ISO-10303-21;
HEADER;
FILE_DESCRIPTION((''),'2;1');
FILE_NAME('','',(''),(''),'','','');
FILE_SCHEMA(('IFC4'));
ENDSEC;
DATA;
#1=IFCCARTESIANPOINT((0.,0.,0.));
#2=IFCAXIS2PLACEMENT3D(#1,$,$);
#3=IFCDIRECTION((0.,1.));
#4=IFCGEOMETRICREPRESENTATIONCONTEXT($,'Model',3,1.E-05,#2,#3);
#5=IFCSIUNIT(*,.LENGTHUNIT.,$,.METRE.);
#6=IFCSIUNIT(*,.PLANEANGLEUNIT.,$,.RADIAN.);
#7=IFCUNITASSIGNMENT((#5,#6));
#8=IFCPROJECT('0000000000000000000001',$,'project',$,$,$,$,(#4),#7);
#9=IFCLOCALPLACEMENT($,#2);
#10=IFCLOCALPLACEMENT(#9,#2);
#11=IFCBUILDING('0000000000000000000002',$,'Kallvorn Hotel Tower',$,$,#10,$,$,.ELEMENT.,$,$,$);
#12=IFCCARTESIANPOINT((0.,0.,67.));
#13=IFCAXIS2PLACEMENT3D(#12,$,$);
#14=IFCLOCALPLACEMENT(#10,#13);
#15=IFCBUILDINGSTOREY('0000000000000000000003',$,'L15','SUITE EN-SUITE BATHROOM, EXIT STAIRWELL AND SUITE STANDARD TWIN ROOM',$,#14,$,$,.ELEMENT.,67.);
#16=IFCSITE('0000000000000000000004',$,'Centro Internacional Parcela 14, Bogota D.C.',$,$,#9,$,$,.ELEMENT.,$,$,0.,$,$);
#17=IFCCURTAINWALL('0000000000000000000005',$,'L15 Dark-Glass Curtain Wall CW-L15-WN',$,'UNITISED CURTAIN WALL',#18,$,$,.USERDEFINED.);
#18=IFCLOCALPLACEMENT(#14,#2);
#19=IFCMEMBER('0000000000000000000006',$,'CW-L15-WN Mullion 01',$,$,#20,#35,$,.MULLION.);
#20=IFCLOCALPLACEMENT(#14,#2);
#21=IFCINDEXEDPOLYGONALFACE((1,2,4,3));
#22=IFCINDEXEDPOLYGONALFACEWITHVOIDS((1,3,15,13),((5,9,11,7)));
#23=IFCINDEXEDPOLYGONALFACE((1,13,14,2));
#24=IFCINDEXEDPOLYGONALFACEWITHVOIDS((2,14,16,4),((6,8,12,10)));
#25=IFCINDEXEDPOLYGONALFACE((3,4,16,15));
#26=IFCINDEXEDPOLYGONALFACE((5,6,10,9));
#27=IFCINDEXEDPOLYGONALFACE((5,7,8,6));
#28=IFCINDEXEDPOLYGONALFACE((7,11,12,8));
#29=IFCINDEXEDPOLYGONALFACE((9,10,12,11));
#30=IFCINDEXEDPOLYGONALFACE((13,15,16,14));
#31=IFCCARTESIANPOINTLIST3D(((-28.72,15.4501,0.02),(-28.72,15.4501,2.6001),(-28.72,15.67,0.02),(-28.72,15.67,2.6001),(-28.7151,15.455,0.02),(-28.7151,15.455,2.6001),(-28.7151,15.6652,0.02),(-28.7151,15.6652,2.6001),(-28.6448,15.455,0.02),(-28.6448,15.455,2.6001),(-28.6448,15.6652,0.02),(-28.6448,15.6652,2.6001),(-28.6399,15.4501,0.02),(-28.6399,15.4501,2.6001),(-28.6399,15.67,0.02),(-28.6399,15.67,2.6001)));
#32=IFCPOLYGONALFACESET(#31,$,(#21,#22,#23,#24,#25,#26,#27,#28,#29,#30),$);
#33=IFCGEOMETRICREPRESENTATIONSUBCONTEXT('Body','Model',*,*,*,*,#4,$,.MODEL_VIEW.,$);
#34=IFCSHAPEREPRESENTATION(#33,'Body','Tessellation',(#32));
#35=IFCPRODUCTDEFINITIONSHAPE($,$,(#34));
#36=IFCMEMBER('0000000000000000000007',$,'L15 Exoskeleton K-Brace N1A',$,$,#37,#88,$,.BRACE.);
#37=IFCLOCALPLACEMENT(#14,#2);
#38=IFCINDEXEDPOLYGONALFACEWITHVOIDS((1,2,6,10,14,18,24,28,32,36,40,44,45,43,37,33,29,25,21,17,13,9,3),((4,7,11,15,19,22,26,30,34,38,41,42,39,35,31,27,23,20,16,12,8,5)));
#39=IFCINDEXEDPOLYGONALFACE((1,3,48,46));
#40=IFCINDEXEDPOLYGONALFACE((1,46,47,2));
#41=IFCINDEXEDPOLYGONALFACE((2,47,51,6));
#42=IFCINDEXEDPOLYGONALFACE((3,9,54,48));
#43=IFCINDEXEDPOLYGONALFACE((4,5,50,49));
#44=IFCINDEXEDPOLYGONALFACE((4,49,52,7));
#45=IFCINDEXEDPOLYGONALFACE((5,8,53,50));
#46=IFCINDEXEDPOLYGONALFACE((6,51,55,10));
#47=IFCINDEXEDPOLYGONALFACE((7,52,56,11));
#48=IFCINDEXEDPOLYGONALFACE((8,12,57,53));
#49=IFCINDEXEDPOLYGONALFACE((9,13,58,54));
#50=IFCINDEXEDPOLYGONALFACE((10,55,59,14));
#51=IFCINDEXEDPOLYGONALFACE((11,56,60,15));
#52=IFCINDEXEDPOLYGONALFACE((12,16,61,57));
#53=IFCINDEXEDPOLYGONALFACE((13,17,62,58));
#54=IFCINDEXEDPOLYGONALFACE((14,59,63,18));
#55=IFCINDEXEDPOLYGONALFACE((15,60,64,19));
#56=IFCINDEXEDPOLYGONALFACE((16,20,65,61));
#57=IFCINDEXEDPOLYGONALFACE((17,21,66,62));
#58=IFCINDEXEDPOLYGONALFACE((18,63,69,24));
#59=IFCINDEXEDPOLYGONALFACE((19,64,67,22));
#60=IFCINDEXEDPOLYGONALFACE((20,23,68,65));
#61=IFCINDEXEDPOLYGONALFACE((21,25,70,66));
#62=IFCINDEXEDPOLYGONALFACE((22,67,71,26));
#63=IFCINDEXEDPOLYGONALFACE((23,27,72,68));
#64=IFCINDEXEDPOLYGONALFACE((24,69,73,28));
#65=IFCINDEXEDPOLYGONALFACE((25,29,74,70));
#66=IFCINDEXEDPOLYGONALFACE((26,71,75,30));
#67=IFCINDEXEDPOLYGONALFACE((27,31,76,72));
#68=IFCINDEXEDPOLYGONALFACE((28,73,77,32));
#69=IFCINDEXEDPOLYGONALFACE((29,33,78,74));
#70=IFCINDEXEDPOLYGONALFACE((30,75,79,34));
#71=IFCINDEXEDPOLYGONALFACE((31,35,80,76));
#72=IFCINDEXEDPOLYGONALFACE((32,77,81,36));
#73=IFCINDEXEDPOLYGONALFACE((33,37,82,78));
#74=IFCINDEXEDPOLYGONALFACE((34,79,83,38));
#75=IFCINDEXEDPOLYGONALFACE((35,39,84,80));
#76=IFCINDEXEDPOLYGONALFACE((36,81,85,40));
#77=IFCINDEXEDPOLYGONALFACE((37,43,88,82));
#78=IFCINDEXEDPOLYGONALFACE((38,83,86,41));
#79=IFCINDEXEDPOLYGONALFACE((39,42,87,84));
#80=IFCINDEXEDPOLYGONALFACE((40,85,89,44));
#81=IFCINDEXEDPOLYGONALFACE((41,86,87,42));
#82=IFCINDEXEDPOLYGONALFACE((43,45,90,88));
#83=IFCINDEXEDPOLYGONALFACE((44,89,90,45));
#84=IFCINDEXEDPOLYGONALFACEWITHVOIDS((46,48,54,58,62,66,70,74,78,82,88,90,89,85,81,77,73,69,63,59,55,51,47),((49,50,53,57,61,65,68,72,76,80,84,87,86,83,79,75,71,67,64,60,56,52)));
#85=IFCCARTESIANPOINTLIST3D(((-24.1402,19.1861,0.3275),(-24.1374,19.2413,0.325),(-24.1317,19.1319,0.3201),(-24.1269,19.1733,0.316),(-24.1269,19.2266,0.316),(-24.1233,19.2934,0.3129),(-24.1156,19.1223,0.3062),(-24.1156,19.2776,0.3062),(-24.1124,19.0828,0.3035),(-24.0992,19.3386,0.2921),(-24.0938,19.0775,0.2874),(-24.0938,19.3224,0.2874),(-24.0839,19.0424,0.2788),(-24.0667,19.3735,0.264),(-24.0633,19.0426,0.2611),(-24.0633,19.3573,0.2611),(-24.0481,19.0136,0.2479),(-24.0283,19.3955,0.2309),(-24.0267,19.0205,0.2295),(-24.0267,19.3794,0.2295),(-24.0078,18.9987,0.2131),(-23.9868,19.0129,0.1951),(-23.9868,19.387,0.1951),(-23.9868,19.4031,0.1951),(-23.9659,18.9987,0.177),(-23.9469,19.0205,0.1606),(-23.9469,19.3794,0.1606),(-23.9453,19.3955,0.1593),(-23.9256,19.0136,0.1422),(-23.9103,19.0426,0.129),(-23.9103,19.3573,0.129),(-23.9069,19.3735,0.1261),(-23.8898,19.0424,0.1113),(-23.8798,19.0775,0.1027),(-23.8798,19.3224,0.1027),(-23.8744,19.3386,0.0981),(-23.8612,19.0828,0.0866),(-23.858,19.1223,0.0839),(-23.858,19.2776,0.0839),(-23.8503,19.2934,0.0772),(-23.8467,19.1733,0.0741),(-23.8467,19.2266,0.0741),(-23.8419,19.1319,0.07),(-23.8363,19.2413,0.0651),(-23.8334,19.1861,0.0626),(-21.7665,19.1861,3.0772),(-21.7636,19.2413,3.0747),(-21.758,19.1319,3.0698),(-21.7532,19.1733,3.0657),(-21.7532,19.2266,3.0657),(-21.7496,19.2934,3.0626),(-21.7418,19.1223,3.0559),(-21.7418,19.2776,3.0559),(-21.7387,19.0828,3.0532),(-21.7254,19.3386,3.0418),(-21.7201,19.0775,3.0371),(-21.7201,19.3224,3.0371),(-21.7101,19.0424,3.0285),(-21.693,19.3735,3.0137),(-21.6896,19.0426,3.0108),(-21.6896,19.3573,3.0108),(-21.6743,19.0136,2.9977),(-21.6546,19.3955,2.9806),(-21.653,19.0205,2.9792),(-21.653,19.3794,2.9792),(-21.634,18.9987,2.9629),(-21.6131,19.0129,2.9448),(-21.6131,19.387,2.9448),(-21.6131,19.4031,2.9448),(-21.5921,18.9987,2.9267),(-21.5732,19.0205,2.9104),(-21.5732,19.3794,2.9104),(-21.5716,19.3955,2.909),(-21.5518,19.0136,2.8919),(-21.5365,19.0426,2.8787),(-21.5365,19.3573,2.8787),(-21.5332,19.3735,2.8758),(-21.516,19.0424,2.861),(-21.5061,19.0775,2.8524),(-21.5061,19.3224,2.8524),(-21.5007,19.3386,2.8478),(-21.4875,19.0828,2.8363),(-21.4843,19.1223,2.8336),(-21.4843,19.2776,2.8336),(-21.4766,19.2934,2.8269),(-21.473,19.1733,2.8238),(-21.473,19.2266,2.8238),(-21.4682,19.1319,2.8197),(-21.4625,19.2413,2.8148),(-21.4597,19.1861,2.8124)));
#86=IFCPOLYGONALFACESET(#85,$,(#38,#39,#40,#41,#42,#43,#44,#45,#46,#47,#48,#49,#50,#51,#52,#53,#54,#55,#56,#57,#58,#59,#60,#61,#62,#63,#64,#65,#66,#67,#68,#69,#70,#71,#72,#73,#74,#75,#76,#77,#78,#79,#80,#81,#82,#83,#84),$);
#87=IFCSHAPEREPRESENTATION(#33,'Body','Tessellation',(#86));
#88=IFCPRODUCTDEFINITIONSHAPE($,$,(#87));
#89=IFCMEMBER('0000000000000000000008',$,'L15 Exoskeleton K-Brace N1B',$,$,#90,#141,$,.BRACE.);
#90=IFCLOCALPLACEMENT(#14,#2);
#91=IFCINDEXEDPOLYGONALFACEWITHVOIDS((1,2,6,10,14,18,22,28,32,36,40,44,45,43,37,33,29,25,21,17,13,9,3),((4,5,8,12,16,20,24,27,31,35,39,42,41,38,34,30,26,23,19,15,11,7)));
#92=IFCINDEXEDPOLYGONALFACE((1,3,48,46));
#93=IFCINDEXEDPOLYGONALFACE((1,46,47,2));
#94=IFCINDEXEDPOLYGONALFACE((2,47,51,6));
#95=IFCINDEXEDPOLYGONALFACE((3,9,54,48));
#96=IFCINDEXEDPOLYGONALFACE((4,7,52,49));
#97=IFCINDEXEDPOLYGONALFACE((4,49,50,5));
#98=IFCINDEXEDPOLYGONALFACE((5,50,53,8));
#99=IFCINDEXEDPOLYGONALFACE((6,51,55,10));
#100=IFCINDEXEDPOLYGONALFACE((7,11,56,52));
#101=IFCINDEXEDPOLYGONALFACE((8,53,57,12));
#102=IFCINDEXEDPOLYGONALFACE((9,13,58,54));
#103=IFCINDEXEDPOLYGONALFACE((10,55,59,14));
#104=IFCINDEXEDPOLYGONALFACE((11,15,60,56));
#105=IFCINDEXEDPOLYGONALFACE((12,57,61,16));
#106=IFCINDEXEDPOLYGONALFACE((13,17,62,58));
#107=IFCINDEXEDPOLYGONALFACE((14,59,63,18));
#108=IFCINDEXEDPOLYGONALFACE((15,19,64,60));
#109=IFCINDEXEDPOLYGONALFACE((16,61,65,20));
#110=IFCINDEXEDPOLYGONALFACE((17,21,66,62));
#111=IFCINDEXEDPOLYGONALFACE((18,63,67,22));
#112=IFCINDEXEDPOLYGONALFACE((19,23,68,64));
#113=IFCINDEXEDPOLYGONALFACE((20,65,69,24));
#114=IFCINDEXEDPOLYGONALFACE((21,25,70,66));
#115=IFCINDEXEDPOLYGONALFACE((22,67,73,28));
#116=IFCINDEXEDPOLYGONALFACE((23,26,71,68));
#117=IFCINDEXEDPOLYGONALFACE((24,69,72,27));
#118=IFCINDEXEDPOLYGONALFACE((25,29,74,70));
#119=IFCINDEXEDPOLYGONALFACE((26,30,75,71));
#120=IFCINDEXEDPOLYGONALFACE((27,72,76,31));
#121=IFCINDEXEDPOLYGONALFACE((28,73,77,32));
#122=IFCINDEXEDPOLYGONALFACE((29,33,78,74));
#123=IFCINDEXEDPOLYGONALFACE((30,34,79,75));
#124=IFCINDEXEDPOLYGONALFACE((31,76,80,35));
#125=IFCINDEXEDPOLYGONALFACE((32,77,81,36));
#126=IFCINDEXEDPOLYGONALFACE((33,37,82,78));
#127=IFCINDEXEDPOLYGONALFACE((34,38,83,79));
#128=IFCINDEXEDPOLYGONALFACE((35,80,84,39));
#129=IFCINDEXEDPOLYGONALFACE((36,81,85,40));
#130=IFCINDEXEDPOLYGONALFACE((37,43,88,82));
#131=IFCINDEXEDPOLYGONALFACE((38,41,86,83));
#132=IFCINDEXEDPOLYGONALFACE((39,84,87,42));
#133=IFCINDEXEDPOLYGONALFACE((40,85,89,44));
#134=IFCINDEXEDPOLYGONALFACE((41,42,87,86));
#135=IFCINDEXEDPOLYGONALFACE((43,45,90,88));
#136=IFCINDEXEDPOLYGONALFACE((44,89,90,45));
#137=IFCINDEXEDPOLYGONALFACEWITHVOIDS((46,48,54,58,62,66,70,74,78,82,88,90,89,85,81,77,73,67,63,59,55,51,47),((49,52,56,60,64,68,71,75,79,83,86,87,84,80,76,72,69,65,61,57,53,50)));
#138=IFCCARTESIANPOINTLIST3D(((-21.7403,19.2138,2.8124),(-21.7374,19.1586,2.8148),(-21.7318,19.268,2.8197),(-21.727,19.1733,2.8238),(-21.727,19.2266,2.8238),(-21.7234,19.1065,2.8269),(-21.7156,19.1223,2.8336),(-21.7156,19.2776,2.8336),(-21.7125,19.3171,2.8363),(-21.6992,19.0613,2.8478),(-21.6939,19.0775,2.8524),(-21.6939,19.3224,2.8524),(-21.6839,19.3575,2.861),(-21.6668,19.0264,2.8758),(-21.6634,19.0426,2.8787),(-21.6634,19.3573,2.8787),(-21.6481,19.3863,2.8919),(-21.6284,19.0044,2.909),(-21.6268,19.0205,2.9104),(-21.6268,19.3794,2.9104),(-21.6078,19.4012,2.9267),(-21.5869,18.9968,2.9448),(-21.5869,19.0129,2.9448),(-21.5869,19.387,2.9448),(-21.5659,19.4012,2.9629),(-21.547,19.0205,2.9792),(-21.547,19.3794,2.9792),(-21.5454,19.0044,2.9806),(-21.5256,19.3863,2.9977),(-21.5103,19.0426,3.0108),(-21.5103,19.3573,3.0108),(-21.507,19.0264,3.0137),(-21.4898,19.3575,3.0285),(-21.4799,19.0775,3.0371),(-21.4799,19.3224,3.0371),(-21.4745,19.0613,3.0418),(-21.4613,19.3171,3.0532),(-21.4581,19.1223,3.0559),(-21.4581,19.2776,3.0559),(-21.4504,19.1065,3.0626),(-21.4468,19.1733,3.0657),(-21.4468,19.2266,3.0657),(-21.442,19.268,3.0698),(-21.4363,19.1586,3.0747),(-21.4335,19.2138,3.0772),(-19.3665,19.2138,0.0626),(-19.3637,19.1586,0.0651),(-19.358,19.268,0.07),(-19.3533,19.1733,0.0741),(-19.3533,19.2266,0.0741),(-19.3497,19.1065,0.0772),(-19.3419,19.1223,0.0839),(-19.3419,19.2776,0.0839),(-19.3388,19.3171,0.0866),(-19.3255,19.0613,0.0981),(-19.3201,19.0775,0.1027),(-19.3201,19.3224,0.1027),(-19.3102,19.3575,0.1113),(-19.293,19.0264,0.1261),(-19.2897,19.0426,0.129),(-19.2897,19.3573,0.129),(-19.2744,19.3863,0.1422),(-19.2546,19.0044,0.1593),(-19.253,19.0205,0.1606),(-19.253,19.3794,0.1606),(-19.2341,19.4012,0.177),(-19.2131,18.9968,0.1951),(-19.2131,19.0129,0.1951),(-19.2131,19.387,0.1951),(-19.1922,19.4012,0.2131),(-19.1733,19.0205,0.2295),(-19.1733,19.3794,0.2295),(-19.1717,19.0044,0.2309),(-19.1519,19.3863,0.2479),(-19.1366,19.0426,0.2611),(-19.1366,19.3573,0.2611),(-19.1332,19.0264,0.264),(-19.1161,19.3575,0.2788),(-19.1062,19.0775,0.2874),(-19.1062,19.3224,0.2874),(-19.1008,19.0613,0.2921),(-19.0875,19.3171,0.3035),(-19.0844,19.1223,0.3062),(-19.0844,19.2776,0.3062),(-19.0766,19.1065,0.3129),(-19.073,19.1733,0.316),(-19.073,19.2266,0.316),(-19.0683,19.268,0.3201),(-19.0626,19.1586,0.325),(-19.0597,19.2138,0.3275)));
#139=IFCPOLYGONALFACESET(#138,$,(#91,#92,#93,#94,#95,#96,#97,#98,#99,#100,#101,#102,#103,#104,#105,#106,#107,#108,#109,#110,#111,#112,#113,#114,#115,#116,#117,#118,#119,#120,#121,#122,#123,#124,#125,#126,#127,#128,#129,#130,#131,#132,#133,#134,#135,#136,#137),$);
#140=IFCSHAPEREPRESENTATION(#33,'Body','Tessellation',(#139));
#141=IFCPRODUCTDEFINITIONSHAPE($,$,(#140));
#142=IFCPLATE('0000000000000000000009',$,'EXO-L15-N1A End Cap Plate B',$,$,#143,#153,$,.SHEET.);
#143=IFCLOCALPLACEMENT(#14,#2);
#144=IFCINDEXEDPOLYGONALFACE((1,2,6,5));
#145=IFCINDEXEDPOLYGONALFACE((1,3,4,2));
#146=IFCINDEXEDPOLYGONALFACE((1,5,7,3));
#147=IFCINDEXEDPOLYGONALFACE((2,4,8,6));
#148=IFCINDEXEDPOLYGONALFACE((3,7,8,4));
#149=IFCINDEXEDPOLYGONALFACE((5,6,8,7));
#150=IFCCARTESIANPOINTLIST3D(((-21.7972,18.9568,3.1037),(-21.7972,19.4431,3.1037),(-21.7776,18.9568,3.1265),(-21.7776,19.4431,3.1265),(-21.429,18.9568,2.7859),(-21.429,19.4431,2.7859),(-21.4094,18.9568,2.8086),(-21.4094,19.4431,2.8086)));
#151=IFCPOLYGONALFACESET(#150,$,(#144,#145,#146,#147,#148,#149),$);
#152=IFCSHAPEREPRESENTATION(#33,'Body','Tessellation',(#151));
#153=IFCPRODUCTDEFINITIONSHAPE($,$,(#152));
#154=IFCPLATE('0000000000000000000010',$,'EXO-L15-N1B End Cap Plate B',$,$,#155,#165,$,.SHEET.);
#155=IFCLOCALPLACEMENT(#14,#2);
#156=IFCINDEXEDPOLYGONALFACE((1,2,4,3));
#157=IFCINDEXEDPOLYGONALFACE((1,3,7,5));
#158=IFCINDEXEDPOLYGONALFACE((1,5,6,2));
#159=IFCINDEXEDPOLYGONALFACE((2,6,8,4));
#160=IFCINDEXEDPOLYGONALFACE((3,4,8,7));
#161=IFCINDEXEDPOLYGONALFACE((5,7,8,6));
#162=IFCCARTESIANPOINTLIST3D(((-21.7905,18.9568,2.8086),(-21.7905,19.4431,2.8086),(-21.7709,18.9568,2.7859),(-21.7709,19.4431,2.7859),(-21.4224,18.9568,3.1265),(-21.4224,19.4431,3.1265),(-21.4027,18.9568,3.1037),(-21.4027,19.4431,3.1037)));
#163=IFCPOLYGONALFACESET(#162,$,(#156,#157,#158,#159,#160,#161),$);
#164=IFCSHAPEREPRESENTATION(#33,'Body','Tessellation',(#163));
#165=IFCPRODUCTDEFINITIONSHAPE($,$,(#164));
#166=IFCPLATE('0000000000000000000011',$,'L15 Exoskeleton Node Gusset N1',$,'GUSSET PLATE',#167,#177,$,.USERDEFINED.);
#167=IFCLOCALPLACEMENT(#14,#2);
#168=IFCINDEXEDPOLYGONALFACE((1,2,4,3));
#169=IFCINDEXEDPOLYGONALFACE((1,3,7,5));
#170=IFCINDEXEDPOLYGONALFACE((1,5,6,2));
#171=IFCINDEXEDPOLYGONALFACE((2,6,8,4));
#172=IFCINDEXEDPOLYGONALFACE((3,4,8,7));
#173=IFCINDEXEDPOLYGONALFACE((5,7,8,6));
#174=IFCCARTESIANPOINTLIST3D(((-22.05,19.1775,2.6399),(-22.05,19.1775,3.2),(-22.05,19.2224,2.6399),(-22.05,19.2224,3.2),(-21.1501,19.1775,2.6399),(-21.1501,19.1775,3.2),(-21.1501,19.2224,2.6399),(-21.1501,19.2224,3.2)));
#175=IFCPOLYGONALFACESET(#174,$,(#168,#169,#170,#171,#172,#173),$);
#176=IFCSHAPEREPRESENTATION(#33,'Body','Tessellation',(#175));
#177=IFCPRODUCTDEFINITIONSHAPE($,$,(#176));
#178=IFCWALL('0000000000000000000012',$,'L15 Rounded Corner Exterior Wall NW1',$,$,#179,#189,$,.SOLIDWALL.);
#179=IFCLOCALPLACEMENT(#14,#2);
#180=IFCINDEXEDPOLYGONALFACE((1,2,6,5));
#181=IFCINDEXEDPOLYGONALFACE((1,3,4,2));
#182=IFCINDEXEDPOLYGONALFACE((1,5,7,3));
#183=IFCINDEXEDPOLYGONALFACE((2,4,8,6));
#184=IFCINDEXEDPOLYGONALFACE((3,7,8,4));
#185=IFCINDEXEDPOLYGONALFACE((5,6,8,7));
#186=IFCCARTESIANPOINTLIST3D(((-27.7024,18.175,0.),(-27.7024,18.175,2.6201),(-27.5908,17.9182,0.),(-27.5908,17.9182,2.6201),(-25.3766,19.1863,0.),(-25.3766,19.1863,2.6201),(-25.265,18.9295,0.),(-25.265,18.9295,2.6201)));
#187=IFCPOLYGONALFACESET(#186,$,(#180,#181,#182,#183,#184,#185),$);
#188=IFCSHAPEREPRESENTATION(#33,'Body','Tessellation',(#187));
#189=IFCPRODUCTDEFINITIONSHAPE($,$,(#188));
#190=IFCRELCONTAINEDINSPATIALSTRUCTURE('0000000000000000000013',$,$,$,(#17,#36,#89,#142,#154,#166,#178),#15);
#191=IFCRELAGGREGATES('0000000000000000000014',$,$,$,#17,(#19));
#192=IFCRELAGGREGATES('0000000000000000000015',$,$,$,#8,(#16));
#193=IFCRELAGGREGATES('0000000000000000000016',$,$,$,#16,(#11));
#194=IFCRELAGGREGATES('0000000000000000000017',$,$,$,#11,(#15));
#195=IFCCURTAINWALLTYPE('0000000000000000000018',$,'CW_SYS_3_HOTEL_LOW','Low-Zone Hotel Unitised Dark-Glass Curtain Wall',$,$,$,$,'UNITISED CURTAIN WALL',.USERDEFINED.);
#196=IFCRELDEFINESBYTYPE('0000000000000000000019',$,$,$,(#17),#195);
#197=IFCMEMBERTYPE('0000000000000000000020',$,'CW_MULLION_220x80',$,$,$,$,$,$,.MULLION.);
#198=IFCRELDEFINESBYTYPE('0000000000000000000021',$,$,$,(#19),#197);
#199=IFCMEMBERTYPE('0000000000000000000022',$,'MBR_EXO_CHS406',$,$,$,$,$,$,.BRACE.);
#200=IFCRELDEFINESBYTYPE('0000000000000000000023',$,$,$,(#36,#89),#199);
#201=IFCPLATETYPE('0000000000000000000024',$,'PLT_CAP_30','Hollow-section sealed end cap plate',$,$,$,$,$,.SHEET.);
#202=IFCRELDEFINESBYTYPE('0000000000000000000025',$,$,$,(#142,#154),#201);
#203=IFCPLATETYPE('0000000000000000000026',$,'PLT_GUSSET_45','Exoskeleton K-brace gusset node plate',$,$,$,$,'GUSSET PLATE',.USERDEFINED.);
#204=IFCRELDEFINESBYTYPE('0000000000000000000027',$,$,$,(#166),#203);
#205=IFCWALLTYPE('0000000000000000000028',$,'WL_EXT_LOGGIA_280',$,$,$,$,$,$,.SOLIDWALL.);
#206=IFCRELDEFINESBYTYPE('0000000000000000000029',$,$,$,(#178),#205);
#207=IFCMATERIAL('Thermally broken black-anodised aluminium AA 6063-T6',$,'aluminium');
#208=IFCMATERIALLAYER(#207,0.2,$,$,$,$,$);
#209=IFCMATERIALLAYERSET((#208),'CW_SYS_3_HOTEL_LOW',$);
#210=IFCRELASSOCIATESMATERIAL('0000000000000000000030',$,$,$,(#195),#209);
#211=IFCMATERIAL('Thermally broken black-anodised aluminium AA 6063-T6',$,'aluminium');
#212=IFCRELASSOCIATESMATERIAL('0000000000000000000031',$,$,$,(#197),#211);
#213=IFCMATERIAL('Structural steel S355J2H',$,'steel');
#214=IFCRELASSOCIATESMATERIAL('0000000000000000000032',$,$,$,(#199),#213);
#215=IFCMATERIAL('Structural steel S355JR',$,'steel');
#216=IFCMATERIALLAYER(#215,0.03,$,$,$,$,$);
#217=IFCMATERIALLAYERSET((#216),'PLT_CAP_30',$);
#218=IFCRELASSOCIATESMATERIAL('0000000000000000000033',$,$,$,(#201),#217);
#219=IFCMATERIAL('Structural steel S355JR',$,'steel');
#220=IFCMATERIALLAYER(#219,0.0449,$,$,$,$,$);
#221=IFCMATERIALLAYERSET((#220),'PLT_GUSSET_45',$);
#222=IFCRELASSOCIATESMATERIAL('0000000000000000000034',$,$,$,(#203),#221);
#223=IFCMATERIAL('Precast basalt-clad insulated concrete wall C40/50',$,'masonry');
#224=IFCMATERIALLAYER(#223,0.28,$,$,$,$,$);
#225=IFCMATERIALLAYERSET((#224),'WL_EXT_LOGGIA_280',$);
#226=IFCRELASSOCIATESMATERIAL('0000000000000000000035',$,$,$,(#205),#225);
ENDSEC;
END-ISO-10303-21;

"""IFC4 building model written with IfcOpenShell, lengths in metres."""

from ifc_helpers import new_model, si_unit, direction, frame, frame_2d, origin, origin_2d, place, context, subcontext, project, spatial, polyline, rectangle, hollow_rectangle, hollow_circle, outline, extrude, material, layer, layer_set, material_profile, profile_set, type_object, element, aggregate, save


model = new_model("IFC4")

# Units and contexts
model_context = context("Model", 3, precision=1e-05, world=origin(), true_north=direction((0.0, 1.0)))
body_context = subcontext(model_context, "Body", "Model", "MODEL_VIEW")
ifc_project = project(units=[si_unit("LENGTHUNIT", "METRE"), si_unit("PLANEANGLEUNIT", "RADIAN")], contexts=[model_context])

# Site, building, storey
site_placement = place(None, origin())
site = spatial("IfcSite", under=ifc_project, at=site_placement, Name="Centro Internacional Parcela 14, Bogota D.C.", CompositionType="ELEMENT", RefElevation=0.0)
building_placement = place(site_placement, origin())
building = spatial("IfcBuilding", under=site, at=building_placement, Name="Kallvorn Hotel Tower", CompositionType="ELEMENT")
storey_placement = place(building_placement, frame((0.0, 0.0, 67.0)))
storey = spatial("IfcBuildingStorey", under=building, at=storey_placement, Name="L15", Description="SUITE EN-SUITE BATHROOM, EXIT STAIRWELL AND SUITE STANDARD TWIN ROOM", CompositionType="ELEMENT", Elevation=67.0)

# Curtain wall, member
ifc_material_1 = material(Name="Thermally broken black-anodised aluminium AA 6063-T6", Category="aluminium")
ifc_layer_1 = layer(ifc_material_1, 0.2)
ifc_layer_set_1 = layer_set([ifc_layer_1], Name="CW_SYS_3_HOTEL_LOW")
curtain_wall_type = type_object("IfcCurtainWallType", Name="CW_SYS_3_HOTEL_LOW", Description="Low-Zone Hotel Unitised Dark-Glass Curtain Wall", ElementType="UNITISED CURTAIN WALL", PredefinedType="USERDEFINED", material=ifc_layer_set_1)
curtain_wall_placement = place(storey_placement, origin())
curtain_wall = element("IfcCurtainWall", 1, at=curtain_wall_placement, inside=storey, type_object=curtain_wall_type, Name="L15 Dark-Glass Curtain Wall CW-L15-WN", ObjectType="UNITISED CURTAIN WALL", PredefinedType="USERDEFINED")
ifc_material_2 = material(Name="Thermally broken black-anodised aluminium AA 6063-T6", Category="aluminium")
ifc_material_profile_1 = material_profile(ifc_material_2, hollow_rectangle(XDim=0.0801, YDim=0.22, WallThickness=0.0049, at=origin_2d()), Name="MUL 220x80")
ifc_profile_set_1 = profile_set([ifc_material_profile_1], Name="Thermally broken black-anodised aluminium AA 6063-T6")
member_type_1 = type_object("IfcMemberType", Name="CW_MULLION_220x80", PredefinedType="MULLION", material=ifc_profile_set_1)
member_placement = place(storey_placement, frame((-28.6799, 15.5601, 0.02), z_axis=(0.0, 0.0, 1.0), x_axis=(1.0, 0.0, 0.0)))
member = element("IfcMember", 2, at=member_placement, type_object=member_type_1, Name="CW-L15-WN Mullion 01", PredefinedType="MULLION", context=body_context, shape_type="SweptSolid", body=[
    extrude(hollow_rectangle(XDim=0.0801, YDim=0.22, WallThickness=0.0049, at=origin_2d()), origin(), (0.0, 0.0, 1.0), 2.5801),
])
aggregate(curtain_wall, [member])

# Members
ifc_material_3 = material(Name="Structural steel S355J2H", Category="steel")
ifc_material_profile_2 = material_profile(ifc_material_3, hollow_circle(Radius=0.2031, WallThickness=0.0161, at=origin_2d()), Name="CHS 406.4x16")
ifc_profile_set_2 = profile_set([ifc_material_profile_2], Name="Structural steel S355J2H")
member_type_2 = type_object("IfcMemberType", Name="MBR_EXO_CHS406", PredefinedType="BRACE", material=ifc_profile_set_2)
for number, where, z_axis, x_axis, name in (
    (3, (-23.9868, 19.2, 0.1951), (0.653461, 0.0, 0.756961), (0.0, 1.0, 0.0), "L15 Exoskeleton K-Brace N1A"),
    (4, (-19.2131, 19.2, 0.1951), (-0.653461, 0.0, 0.756961), (0.0, -1.0, 0.0), "L15 Exoskeleton K-Brace N1B"),
):
    element("IfcMember", number, at=place(storey_placement, frame(where, z_axis=z_axis, x_axis=x_axis)), inside=storey, type_object=member_type_2, Name=name, PredefinedType="BRACE", context=body_context, shape_type="SweptSolid", body=[
        extrude(hollow_circle(Radius=0.2031, WallThickness=0.0161, at=origin_2d()), origin(), (0.0, 0.0, 1.0), 3.6326),
    ])

# Plates
ifc_material_4 = material(Name="Structural steel S355JR", Category="steel")
ifc_layer_2 = layer(ifc_material_4, 0.03)
ifc_layer_set_2 = layer_set([ifc_layer_2], Name="PLT_CAP_30")
plate_type_1 = type_object("IfcPlateType", Name="PLT_CAP_30", Description="Hollow-section sealed end cap plate", PredefinedType="SHEET", material=ifc_layer_set_2)
for number, where, z_axis, x_axis, name in (
    (5, (-21.4094, 18.9568, 2.8086), (0.653515, 0.0, 0.756913), (0.0, 1.0, 0.0), "EXO-L15-N1A End Cap Plate B"),
    (6, (-21.7905, 19.4431, 2.8086), (-0.653515, 0.0, 0.756913), (0.0, -1.0, 0.0), "EXO-L15-N1B End Cap Plate B"),
):
    element("IfcPlate", number, at=place(storey_placement, frame(where, z_axis=z_axis, x_axis=x_axis)), inside=storey, type_object=plate_type_1, Name=name, PredefinedType="SHEET", context=body_context, shape_type="SweptSolid", body=[
        extrude(outline(polyline([(0.0, 0.0), (0.4863, 0.0), (0.4863, 0.4864), (0.0, 0.4864), (0.0, 0.0)])), origin(), (0.0, 0.0, -1.0), 0.03),
    ])
ifc_material_5 = material(Name="Structural steel S355JR", Category="steel")
ifc_layer_3 = layer(ifc_material_5, 0.0449)
ifc_layer_set_3 = layer_set([ifc_layer_3], Name="PLT_GUSSET_45")
plate_type_2 = type_object("IfcPlateType", Name="PLT_GUSSET_45", Description="Exoskeleton K-brace gusset node plate", ElementType="GUSSET PLATE", PredefinedType="USERDEFINED", material=ifc_layer_set_3)
plate_placement = place(storey_placement, frame((-21.6001, 19.2, 2.6399), z_axis=(0.0, 0.0, 1.0), x_axis=(1.0, 0.0, 0.0)))
element("IfcPlate", 7, at=plate_placement, inside=storey, type_object=plate_type_2, Name="L15 Exoskeleton Node Gusset N1", ObjectType="GUSSET PLATE", PredefinedType="USERDEFINED", context=body_context, shape_type="SweptSolid", body=[
    extrude(rectangle(XDim=0.8999, YDim=0.0449, at=origin_2d()), origin(), (0.0, 0.0, 1.0), 0.5601),
])

# Wall
ifc_material_6 = material(Name="Precast basalt-clad insulated concrete wall C40/50", Category="masonry")
ifc_layer_4 = layer(ifc_material_6, 0.28)
ifc_layer_set_4 = layer_set([ifc_layer_4], Name="WL_EXT_LOGGIA_280")
wall_type_1 = type_object("IfcWallType", Name="WL_EXT_LOGGIA_280", PredefinedType="SOLIDWALL", material=ifc_layer_set_4)
wall_1_placement = place(storey_placement, frame((-25.3208, 19.0579, 0.0), z_axis=(0.0, 0.0, 1.0), x_axis=(-0.917061, -0.398747, 0.0)))
element("IfcWall", 8, at=wall_1_placement, inside=storey, type_object=wall_type_1, Name="L15 Rounded Corner Exterior Wall NW1", PredefinedType="SOLIDWALL", context=body_context, shape_type="SweptSolid", body=[
    extrude(rectangle(XDim=2.5361, YDim=0.28, at=frame_2d((1.2681, 0.0))), origin(), (0.0, 0.0, 1.0), 2.6201),
])

save(model, "model.ifc")
